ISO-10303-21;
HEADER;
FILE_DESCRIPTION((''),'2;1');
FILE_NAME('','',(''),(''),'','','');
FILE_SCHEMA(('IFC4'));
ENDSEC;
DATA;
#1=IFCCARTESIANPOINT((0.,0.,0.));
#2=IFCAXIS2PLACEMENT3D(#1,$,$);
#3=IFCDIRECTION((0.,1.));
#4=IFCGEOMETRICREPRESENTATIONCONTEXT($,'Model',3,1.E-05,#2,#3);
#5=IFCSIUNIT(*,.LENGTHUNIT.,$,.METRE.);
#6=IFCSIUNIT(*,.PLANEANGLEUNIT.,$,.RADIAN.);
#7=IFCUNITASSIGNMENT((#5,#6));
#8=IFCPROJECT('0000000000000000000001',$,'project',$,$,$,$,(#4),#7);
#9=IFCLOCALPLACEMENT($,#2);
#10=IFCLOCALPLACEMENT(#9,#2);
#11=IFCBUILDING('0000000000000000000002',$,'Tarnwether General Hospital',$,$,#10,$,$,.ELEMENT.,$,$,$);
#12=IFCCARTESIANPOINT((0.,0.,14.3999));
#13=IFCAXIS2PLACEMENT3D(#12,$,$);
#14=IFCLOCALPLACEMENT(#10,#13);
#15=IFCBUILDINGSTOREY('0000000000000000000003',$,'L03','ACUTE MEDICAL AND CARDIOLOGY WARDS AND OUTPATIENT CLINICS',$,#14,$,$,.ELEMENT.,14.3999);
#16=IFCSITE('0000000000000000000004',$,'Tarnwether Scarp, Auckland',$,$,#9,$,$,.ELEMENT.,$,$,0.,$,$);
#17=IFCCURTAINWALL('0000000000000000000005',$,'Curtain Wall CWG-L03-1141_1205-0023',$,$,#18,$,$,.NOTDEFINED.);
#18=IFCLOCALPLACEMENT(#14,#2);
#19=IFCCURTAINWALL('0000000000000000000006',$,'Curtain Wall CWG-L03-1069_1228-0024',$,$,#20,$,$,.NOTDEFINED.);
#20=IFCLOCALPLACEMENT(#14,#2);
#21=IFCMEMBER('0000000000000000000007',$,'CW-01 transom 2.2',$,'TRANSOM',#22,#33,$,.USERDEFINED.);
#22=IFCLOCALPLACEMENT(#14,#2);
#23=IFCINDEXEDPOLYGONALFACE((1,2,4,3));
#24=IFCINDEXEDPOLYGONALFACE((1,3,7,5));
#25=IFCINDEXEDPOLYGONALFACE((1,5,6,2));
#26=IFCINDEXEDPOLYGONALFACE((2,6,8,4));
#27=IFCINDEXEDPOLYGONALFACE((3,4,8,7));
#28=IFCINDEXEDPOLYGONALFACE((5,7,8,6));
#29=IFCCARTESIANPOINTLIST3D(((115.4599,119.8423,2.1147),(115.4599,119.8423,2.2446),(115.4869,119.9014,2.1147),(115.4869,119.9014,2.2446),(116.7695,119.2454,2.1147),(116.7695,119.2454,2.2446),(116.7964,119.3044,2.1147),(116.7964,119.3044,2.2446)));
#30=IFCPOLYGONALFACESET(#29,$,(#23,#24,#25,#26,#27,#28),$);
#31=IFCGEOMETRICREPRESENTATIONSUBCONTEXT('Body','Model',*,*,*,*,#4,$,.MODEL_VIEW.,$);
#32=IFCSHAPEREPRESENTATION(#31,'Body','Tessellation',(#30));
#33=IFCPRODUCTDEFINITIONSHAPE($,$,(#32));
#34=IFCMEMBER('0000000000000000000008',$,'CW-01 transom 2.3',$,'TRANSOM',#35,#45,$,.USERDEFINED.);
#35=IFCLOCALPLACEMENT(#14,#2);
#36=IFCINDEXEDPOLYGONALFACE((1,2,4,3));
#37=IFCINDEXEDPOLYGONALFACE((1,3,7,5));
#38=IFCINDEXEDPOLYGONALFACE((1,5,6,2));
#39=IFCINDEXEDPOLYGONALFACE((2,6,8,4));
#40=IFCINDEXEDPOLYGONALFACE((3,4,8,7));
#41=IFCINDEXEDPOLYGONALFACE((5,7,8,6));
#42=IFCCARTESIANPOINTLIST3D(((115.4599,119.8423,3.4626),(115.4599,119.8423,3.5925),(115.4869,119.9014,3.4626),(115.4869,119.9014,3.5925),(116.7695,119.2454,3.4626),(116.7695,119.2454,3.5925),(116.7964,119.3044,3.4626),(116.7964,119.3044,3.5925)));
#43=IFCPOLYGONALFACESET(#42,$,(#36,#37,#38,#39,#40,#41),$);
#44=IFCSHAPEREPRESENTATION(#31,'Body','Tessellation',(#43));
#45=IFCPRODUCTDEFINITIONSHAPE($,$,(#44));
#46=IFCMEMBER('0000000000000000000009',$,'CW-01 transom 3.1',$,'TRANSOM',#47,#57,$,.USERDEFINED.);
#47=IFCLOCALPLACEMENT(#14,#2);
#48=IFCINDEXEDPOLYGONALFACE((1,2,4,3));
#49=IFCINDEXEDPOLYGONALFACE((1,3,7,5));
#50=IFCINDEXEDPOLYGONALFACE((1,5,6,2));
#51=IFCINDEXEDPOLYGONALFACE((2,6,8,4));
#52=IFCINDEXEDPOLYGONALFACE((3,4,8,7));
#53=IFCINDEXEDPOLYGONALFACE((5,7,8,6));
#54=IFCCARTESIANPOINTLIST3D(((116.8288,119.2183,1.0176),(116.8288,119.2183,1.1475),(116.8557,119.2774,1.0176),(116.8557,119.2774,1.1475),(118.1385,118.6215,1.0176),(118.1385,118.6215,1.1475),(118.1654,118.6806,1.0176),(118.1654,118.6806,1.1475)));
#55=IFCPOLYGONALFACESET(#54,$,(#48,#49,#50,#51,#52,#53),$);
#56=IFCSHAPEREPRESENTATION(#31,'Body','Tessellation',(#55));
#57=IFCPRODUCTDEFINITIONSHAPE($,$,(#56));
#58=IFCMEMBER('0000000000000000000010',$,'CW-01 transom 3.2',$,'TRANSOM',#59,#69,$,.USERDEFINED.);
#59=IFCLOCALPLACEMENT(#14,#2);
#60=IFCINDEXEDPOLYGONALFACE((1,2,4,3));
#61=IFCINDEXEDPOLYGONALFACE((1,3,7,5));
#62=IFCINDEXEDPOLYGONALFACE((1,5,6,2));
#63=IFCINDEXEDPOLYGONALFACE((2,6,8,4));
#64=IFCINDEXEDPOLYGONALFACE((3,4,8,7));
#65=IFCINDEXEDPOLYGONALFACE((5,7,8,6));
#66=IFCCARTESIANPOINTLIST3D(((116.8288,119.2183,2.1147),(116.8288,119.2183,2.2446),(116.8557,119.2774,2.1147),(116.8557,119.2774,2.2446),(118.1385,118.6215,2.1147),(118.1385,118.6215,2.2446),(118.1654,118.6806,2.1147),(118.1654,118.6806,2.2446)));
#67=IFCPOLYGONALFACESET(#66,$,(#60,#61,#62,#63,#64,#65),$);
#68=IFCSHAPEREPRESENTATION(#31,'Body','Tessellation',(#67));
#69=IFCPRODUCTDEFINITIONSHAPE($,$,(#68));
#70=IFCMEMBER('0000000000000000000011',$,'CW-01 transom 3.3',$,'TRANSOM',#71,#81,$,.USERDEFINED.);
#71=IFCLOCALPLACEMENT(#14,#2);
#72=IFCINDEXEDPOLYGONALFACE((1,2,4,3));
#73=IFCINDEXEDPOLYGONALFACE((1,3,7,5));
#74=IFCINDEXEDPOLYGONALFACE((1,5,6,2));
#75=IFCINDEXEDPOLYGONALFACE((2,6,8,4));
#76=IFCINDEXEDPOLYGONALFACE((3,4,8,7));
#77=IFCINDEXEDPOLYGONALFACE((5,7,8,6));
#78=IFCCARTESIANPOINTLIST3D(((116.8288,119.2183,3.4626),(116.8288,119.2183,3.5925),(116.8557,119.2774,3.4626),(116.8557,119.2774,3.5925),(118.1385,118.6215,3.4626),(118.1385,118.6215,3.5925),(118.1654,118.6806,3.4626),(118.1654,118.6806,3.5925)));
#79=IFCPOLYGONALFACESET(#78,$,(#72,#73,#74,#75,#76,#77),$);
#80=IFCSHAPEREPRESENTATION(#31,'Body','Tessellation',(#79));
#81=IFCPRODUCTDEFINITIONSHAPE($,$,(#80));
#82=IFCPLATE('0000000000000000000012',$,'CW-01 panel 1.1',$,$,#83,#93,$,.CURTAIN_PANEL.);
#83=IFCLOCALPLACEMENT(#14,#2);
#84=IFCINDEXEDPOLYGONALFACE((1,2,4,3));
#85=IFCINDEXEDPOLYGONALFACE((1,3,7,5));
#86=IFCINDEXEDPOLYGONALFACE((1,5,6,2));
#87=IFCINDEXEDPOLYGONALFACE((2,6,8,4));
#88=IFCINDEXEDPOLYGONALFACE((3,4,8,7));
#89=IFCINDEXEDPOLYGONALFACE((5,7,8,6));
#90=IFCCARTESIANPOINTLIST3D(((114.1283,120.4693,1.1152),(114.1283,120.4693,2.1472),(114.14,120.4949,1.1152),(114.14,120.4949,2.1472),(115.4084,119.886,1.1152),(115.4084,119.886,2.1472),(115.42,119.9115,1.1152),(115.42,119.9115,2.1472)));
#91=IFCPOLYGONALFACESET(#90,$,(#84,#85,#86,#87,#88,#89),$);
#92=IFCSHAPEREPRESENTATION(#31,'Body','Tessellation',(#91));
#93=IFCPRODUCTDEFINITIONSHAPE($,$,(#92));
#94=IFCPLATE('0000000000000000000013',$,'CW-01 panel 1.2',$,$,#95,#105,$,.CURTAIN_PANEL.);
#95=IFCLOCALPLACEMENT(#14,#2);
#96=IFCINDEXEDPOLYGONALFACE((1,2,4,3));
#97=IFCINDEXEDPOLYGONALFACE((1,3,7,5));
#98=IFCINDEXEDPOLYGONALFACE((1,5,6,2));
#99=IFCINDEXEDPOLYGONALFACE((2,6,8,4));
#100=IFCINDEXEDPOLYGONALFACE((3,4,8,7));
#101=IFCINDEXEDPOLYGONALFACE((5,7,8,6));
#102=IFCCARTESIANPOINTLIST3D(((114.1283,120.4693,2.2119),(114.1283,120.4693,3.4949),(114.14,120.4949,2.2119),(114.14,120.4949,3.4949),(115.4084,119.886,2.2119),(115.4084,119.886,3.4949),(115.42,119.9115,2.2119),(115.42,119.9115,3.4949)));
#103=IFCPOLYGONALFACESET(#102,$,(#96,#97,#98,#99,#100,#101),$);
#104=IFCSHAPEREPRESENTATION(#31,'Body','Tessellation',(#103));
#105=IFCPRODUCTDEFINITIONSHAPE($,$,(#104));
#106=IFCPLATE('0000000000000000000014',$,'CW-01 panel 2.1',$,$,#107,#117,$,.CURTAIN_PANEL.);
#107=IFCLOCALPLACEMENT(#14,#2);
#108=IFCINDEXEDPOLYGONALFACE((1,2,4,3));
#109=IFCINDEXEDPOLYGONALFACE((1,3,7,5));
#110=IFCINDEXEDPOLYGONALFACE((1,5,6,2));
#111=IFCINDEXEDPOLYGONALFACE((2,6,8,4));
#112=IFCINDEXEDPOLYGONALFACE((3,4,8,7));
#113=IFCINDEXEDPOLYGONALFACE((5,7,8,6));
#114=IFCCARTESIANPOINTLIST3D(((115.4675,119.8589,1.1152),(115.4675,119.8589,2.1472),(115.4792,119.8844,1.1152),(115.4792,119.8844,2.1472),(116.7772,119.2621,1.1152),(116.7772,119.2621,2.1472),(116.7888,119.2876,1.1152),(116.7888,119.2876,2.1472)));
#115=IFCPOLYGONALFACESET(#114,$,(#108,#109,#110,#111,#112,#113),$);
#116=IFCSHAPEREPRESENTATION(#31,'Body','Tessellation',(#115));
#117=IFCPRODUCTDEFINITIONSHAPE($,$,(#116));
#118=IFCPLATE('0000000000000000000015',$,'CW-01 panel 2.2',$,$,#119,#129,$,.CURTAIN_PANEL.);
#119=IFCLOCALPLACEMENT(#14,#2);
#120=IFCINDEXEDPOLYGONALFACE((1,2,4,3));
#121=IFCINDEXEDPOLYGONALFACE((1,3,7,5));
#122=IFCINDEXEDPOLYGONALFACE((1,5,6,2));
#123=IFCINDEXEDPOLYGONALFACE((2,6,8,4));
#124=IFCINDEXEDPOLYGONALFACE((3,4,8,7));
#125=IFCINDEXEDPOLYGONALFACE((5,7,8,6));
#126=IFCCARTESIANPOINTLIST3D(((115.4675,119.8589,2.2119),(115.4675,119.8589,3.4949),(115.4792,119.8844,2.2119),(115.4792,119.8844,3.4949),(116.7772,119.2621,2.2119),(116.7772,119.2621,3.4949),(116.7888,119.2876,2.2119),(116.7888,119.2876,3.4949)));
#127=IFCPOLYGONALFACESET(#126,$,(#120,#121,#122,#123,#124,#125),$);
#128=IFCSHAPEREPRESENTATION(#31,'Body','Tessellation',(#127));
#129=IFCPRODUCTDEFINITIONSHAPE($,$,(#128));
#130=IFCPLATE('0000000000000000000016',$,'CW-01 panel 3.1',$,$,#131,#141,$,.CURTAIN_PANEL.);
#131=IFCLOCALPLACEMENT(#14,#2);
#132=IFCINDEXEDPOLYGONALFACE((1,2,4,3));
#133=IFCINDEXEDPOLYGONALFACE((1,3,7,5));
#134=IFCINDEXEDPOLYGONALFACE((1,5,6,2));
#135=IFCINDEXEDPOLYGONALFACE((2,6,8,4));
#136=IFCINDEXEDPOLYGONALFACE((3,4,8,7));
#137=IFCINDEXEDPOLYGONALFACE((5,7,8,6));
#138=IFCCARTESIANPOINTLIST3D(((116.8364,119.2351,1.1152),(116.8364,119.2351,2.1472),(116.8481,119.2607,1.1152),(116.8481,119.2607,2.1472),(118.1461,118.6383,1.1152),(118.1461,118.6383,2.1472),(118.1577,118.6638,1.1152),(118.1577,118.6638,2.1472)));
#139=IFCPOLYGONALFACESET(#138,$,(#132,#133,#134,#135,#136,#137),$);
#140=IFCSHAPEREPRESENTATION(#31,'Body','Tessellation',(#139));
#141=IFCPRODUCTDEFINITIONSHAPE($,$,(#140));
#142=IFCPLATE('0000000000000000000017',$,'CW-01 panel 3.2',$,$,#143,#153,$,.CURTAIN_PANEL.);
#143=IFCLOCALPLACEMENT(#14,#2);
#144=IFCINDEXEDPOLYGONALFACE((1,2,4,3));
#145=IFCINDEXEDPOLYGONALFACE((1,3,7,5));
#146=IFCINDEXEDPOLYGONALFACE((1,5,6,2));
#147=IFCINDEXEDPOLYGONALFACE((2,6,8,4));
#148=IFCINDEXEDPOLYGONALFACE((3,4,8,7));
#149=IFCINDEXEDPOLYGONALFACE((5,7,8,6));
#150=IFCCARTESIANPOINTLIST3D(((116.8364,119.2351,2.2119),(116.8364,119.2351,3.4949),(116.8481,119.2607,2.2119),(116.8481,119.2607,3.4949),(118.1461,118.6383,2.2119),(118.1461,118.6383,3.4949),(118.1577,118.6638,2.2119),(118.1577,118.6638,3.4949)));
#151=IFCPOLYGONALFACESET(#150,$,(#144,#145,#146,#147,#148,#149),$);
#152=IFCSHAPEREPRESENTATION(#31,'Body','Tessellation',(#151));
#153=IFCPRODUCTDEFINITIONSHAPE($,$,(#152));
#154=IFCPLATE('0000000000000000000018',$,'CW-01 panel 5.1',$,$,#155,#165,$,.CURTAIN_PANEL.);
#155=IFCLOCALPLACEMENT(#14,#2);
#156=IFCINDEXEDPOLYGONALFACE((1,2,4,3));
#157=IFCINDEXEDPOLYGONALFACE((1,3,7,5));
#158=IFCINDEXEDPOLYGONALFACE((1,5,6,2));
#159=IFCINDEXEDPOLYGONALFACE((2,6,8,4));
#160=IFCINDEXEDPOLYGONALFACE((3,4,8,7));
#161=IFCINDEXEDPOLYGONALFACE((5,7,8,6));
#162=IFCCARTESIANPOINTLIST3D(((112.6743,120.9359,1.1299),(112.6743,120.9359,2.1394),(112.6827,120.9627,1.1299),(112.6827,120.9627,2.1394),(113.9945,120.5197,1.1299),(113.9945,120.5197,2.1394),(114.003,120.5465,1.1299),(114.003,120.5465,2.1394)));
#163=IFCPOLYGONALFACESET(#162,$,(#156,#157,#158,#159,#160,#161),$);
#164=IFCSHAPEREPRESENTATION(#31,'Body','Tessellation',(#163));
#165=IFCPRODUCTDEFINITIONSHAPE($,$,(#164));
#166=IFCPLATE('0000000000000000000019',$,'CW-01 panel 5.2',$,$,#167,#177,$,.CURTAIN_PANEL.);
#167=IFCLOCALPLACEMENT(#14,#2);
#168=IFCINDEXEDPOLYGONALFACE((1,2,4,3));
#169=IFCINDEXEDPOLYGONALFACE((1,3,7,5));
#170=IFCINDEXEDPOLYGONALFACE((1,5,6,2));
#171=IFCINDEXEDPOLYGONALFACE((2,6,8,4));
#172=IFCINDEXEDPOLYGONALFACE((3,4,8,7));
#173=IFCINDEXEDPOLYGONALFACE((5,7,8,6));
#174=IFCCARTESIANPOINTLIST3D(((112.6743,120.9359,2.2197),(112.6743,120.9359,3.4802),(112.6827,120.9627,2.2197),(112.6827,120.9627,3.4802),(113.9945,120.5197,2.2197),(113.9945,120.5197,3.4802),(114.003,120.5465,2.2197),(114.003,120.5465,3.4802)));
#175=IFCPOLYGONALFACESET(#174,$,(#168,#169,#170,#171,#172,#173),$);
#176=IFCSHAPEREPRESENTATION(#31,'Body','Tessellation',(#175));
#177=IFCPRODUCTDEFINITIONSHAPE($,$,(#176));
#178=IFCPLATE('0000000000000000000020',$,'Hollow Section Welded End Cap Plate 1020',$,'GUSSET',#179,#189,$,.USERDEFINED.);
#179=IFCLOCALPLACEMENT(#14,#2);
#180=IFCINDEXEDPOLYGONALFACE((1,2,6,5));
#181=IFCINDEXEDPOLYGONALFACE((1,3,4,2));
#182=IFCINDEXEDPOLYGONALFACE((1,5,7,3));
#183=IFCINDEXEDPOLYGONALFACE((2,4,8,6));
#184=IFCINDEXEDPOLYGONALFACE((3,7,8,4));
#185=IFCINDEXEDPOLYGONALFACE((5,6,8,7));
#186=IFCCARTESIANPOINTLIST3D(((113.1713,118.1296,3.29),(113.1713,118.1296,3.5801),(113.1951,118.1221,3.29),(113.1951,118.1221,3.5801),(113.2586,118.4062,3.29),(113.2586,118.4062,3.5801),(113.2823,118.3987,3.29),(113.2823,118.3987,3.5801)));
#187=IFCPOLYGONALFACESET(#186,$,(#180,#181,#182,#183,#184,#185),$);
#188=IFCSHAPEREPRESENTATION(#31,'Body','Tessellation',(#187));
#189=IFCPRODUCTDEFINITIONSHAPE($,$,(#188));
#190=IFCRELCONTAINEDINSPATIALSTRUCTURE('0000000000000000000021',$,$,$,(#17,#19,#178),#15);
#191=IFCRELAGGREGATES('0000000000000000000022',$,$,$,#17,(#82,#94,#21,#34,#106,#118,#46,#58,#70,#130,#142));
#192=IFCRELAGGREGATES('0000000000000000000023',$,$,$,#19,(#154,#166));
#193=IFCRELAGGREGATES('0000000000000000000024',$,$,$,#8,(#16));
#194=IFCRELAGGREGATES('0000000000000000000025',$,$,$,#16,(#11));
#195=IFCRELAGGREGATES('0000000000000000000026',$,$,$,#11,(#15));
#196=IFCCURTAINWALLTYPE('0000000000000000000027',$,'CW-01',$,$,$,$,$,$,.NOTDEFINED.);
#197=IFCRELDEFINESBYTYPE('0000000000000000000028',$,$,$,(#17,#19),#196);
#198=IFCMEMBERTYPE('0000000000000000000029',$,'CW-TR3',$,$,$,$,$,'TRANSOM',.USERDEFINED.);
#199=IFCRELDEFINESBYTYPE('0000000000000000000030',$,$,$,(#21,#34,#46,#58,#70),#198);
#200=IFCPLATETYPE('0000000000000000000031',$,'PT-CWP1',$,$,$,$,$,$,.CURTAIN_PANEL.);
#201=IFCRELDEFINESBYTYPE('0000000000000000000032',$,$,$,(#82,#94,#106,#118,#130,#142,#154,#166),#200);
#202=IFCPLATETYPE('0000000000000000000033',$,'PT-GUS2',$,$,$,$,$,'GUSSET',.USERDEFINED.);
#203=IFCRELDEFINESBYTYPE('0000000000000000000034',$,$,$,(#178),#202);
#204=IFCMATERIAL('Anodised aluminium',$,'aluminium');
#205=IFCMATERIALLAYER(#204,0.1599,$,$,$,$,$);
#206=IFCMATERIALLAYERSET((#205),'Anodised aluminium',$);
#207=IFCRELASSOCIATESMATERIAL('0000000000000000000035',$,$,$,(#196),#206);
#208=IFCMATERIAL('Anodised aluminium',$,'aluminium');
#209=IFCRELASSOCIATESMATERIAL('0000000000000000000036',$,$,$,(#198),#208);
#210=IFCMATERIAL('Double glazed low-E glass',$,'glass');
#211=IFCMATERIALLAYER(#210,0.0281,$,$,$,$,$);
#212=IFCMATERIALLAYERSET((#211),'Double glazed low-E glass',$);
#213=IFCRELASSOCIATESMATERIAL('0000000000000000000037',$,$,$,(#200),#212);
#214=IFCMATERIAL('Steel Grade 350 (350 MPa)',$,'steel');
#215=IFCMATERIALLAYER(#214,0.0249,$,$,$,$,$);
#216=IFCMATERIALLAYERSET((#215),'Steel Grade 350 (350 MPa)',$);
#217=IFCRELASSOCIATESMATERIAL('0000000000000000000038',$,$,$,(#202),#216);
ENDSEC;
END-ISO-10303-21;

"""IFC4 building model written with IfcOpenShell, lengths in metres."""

from ifc_helpers import new_model, si_unit, direction, frame, origin, origin_2d, place, context, subcontext, project, spatial, rectangle, extrude, material, layer, layer_set, material_profile, profile_set, type_object, element, aggregate, save


model = new_model("IFC4")

# Units and contexts
model_context = context("Model", 3, precision=1e-05, world=origin(), true_north=direction((0.0, 1.0)))
body_context = subcontext(model_context, "Body", "Model", "MODEL_VIEW")
ifc_project = project(units=[si_unit("LENGTHUNIT", "METRE"), si_unit("PLANEANGLEUNIT", "RADIAN")], contexts=[model_context])

# Site, building, storey
site_placement = place(None, origin())
site = spatial("IfcSite", under=ifc_project, at=site_placement, Name="Tarnwether Scarp, Auckland", CompositionType="ELEMENT", RefElevation=0.0)
building_placement = place(site_placement, origin())
building = spatial("IfcBuilding", under=site, at=building_placement, Name="Tarnwether General Hospital", CompositionType="ELEMENT")
storey_placement = place(building_placement, frame((0.0, 0.0, 14.3999)))
storey = spatial("IfcBuildingStorey", under=building, at=storey_placement, Name="L03", Description="ACUTE MEDICAL AND CARDIOLOGY WARDS AND OUTPATIENT CLINICS", CompositionType="ELEMENT", Elevation=14.3999)

# Curtain wall
ifc_material_1 = material(Name="Anodised aluminium", Category="aluminium")
ifc_layer_1 = layer(ifc_material_1, 0.1599)
ifc_layer_set_1 = layer_set([ifc_layer_1], Name="Anodised aluminium")
curtain_wall_type = type_object("IfcCurtainWallType", Name="CW-01", PredefinedType="NOTDEFINED", material=ifc_layer_set_1)
curtain_wall_1_placement = place(storey_placement, origin())
curtain_wall_1 = element("IfcCurtainWall", 1, at=curtain_wall_1_placement, inside=storey, type_object=curtain_wall_type, Name="Curtain Wall CWG-L03-1141_1205-0023", PredefinedType="NOTDEFINED")

# Curtain wall
curtain_wall_2_placement = place(storey_placement, origin())
curtain_wall_2 = element("IfcCurtainWall", 2, at=curtain_wall_2_placement, inside=storey, type_object=curtain_wall_type, Name="Curtain Wall CWG-L03-1069_1228-0024", PredefinedType="NOTDEFINED")

# Members
ifc_material_2 = material(Name="Anodised aluminium", Category="aluminium")
ifc_material_profile_1 = material_profile(ifc_material_2, rectangle(XDim=0.0649, YDim=0.1299, at=origin_2d()), Name="ALU-TRN-65x130")
ifc_profile_set_1 = profile_set([ifc_material_profile_1], Name="Anodised aluminium")
member_type_1 = type_object("IfcMemberType", Name="CW-TR3", ElementType="TRANSOM", PredefinedType="USERDEFINED", material=ifc_profile_set_1)
member_1_placement = place(storey_placement, frame((115.4734, 119.8718, 2.1797), z_axis=(0.90993, -0.414761, 0.0), x_axis=(0.414761, 0.90993, 0.0)))
member_1 = element("IfcMember", 3, at=member_1_placement, type_object=member_type_1, Name="CW-01 transom 2.2", ObjectType="TRANSOM", PredefinedType="USERDEFINED", context=body_context, shape_type="SweptSolid", body=[
    extrude(rectangle(XDim=0.0649, YDim=0.1299, at=origin_2d()), origin(), (0.0, 0.0, 1.0), 1.4392),
])
member_2_placement = place(storey_placement, frame((115.4734, 119.8718, 3.5276), z_axis=(0.90993, -0.414761, 0.0), x_axis=(0.414761, 0.90993, 0.0)))
member_2 = element("IfcMember", 4, at=member_2_placement, type_object=member_type_1, Name="CW-01 transom 2.3", ObjectType="TRANSOM", PredefinedType="USERDEFINED", context=body_context, shape_type="SweptSolid", body=[
    extrude(rectangle(XDim=0.0649, YDim=0.1299, at=origin_2d()), origin(), (0.0, 0.0, 1.0), 1.4392),
])
member_3_placement = place(storey_placement, frame((116.8423, 119.2478, 1.0825), z_axis=(0.909994, -0.414621, 0.0), x_axis=(0.414621, 0.909994, 0.0)))
member_3 = element("IfcMember", 5, at=member_3_placement, type_object=member_type_1, Name="CW-01 transom 3.1", ObjectType="TRANSOM", PredefinedType="USERDEFINED", context=body_context, shape_type="SweptSolid", body=[
    extrude(rectangle(XDim=0.0649, YDim=0.1299, at=origin_2d()), origin(), (0.0, 0.0, 1.0), 1.4392),
])
member_4_placement = place(storey_placement, frame((116.8423, 119.2478, 2.1797), z_axis=(0.909994, -0.414621, 0.0), x_axis=(0.414621, 0.909994, 0.0)))
member_4 = element("IfcMember", 6, at=member_4_placement, type_object=member_type_1, Name="CW-01 transom 3.2", ObjectType="TRANSOM", PredefinedType="USERDEFINED", context=body_context, shape_type="SweptSolid", body=[
    extrude(rectangle(XDim=0.0649, YDim=0.1299, at=origin_2d()), origin(), (0.0, 0.0, 1.0), 1.4392),
])
member_5_placement = place(storey_placement, frame((116.8423, 119.2478, 3.5276), z_axis=(0.909994, -0.414621, 0.0), x_axis=(0.414621, 0.909994, 0.0)))
member_5 = element("IfcMember", 7, at=member_5_placement, type_object=member_type_1, Name="CW-01 transom 3.3", ObjectType="TRANSOM", PredefinedType="USERDEFINED", context=body_context, shape_type="SweptSolid", body=[
    extrude(rectangle(XDim=0.0649, YDim=0.1299, at=origin_2d()), origin(), (0.0, 0.0, 1.0), 1.4392),
])

# Plates
ifc_material_3 = material(Name="Double glazed low-E glass", Category="glass")
ifc_layer_2 = layer(ifc_material_3, 0.0281)
ifc_layer_set_2 = layer_set([ifc_layer_2], Name="Double glazed low-E glass")
plate_type_1 = type_object("IfcPlateType", Name="PT-CWP1", PredefinedType="CURTAIN_PANEL", material=ifc_layer_set_2)
plate_1_placement = place(storey_placement, frame((114.7742, 120.1904, 1.1152), z_axis=(0.0, 0.0, 1.0), x_axis=(0.909961, -0.414694, 0.0)))
plate_1 = element("IfcPlate", 8, at=plate_1_placement, type_object=plate_type_1, Name="CW-01 panel 1.1", PredefinedType="CURTAIN_PANEL", context=body_context, shape_type="SweptSolid", body=[
    extrude(rectangle(XDim=1.4067, YDim=0.0281, at=origin_2d()), origin(), (0.0, 0.0, 1.0), 1.032),
])
plate_2_placement = place(storey_placement, frame((114.7742, 120.1904, 2.2119), z_axis=(0.0, 0.0, 1.0), x_axis=(0.909961, -0.414694, 0.0)))
plate_2 = element("IfcPlate", 9, at=plate_2_placement, type_object=plate_type_1, Name="CW-01 panel 1.2", PredefinedType="CURTAIN_PANEL", context=body_context, shape_type="SweptSolid", body=[
    extrude(rectangle(XDim=1.4067, YDim=0.0281, at=origin_2d()), origin(), (0.0, 0.0, 1.0), 1.283),
])
plate_3_placement = place(storey_placement, frame((116.1282, 119.5732, 1.1152), z_axis=(0.0, 0.0, 1.0), x_axis=(0.909961, -0.414694, 0.0)))
plate_3 = element("IfcPlate", 10, at=plate_3_placement, type_object=plate_type_1, Name="CW-01 panel 2.1", PredefinedType="CURTAIN_PANEL", context=body_context, shape_type="SweptSolid", body=[
    extrude(rectangle(XDim=1.4392, YDim=0.0281, at=origin_2d()), origin(), (0.0, 0.0, 1.0), 1.032),
])
plate_4_placement = place(storey_placement, frame((116.1282, 119.5732, 2.2119), z_axis=(0.0, 0.0, 1.0), x_axis=(0.909961, -0.414694, 0.0)))
plate_4 = element("IfcPlate", 11, at=plate_4_placement, type_object=plate_type_1, Name="CW-01 panel 2.2", PredefinedType="CURTAIN_PANEL", context=body_context, shape_type="SweptSolid", body=[
    extrude(rectangle(XDim=1.4392, YDim=0.0281, at=origin_2d()), origin(), (0.0, 0.0, 1.0), 1.283),
])
plate_5_placement = place(storey_placement, frame((117.4971, 118.9495, 1.1152), z_axis=(0.0, 0.0, 1.0), x_axis=(0.909961, -0.414694, 0.0)))
plate_5 = element("IfcPlate", 12, at=plate_5_placement, type_object=plate_type_1, Name="CW-01 panel 3.1", PredefinedType="CURTAIN_PANEL", context=body_context, shape_type="SweptSolid", body=[
    extrude(rectangle(XDim=1.4392, YDim=0.0281, at=origin_2d()), origin(), (0.0, 0.0, 1.0), 1.032),
])
plate_6_placement = place(storey_placement, frame((117.4971, 118.9495, 2.2119), z_axis=(0.0, 0.0, 1.0), x_axis=(0.909961, -0.414694, 0.0)))
plate_6 = element("IfcPlate", 13, at=plate_6_placement, type_object=plate_type_1, Name="CW-01 panel 3.2", PredefinedType="CURTAIN_PANEL", context=body_context, shape_type="SweptSolid", body=[
    extrude(rectangle(XDim=1.4392, YDim=0.0281, at=origin_2d()), origin(), (0.0, 0.0, 1.0), 1.283),
])
aggregate(curtain_wall_1, [plate_1, plate_2, member_1, member_2, plate_3, plate_4, member_3, member_4, member_5, plate_5, plate_6])
plate_7_placement = place(storey_placement, frame((113.3386, 120.7412, 1.1299), z_axis=(0.0, 0.0, 1.0), x_axis=(0.953741, -0.300629, 0.0)))
plate_7 = element("IfcPlate", 14, at=plate_7_placement, type_object=plate_type_1, Name="CW-01 panel 5.1", PredefinedType="CURTAIN_PANEL", context=body_context, shape_type="SweptSolid", body=[
    extrude(rectangle(XDim=1.3843, YDim=0.0281, at=origin_2d()), origin(), (0.0, 0.0, 1.0), 1.0095),
])
plate_8_placement = place(storey_placement, frame((113.3386, 120.7412, 2.2197), z_axis=(0.0, 0.0, 1.0), x_axis=(0.953741, -0.300629, 0.0)))
plate_8 = element("IfcPlate", 15, at=plate_8_placement, type_object=plate_type_1, Name="CW-01 panel 5.2", PredefinedType="CURTAIN_PANEL", context=body_context, shape_type="SweptSolid", body=[
    extrude(rectangle(XDim=1.3843, YDim=0.0281, at=origin_2d()), origin(), (0.0, 0.0, 1.0), 1.2605),
])
aggregate(curtain_wall_2, [plate_7, plate_8])
ifc_material_4 = material(Name="Steel Grade 350 (350 MPa)", Category="steel")
ifc_layer_3 = layer(ifc_material_4, 0.0249)
ifc_layer_set_3 = layer_set([ifc_layer_3], Name="Steel Grade 350 (350 MPa)")
plate_type_2 = type_object("IfcPlateType", Name="PT-GUS2", ElementType="GUSSET", PredefinedType="USERDEFINED", material=ifc_layer_set_3)
plate_9_placement = place(storey_placement, frame((113.2268, 118.2642, 3.29), z_axis=(0.0, 0.0, 1.0), x_axis=(0.953691, -0.300789, 0.0)))
element("IfcPlate", 16, at=plate_9_placement, inside=storey, type_object=plate_type_2, Name="Hollow Section Welded End Cap Plate 1020", ObjectType="GUSSET", PredefinedType="USERDEFINED", context=body_context, shape_type="SweptSolid", body=[
    extrude(rectangle(XDim=0.0249, YDim=0.29, at=origin_2d()), origin(), (0.0, 0.0, 1.0), 0.29),
])

save(model, "model.ifc")
